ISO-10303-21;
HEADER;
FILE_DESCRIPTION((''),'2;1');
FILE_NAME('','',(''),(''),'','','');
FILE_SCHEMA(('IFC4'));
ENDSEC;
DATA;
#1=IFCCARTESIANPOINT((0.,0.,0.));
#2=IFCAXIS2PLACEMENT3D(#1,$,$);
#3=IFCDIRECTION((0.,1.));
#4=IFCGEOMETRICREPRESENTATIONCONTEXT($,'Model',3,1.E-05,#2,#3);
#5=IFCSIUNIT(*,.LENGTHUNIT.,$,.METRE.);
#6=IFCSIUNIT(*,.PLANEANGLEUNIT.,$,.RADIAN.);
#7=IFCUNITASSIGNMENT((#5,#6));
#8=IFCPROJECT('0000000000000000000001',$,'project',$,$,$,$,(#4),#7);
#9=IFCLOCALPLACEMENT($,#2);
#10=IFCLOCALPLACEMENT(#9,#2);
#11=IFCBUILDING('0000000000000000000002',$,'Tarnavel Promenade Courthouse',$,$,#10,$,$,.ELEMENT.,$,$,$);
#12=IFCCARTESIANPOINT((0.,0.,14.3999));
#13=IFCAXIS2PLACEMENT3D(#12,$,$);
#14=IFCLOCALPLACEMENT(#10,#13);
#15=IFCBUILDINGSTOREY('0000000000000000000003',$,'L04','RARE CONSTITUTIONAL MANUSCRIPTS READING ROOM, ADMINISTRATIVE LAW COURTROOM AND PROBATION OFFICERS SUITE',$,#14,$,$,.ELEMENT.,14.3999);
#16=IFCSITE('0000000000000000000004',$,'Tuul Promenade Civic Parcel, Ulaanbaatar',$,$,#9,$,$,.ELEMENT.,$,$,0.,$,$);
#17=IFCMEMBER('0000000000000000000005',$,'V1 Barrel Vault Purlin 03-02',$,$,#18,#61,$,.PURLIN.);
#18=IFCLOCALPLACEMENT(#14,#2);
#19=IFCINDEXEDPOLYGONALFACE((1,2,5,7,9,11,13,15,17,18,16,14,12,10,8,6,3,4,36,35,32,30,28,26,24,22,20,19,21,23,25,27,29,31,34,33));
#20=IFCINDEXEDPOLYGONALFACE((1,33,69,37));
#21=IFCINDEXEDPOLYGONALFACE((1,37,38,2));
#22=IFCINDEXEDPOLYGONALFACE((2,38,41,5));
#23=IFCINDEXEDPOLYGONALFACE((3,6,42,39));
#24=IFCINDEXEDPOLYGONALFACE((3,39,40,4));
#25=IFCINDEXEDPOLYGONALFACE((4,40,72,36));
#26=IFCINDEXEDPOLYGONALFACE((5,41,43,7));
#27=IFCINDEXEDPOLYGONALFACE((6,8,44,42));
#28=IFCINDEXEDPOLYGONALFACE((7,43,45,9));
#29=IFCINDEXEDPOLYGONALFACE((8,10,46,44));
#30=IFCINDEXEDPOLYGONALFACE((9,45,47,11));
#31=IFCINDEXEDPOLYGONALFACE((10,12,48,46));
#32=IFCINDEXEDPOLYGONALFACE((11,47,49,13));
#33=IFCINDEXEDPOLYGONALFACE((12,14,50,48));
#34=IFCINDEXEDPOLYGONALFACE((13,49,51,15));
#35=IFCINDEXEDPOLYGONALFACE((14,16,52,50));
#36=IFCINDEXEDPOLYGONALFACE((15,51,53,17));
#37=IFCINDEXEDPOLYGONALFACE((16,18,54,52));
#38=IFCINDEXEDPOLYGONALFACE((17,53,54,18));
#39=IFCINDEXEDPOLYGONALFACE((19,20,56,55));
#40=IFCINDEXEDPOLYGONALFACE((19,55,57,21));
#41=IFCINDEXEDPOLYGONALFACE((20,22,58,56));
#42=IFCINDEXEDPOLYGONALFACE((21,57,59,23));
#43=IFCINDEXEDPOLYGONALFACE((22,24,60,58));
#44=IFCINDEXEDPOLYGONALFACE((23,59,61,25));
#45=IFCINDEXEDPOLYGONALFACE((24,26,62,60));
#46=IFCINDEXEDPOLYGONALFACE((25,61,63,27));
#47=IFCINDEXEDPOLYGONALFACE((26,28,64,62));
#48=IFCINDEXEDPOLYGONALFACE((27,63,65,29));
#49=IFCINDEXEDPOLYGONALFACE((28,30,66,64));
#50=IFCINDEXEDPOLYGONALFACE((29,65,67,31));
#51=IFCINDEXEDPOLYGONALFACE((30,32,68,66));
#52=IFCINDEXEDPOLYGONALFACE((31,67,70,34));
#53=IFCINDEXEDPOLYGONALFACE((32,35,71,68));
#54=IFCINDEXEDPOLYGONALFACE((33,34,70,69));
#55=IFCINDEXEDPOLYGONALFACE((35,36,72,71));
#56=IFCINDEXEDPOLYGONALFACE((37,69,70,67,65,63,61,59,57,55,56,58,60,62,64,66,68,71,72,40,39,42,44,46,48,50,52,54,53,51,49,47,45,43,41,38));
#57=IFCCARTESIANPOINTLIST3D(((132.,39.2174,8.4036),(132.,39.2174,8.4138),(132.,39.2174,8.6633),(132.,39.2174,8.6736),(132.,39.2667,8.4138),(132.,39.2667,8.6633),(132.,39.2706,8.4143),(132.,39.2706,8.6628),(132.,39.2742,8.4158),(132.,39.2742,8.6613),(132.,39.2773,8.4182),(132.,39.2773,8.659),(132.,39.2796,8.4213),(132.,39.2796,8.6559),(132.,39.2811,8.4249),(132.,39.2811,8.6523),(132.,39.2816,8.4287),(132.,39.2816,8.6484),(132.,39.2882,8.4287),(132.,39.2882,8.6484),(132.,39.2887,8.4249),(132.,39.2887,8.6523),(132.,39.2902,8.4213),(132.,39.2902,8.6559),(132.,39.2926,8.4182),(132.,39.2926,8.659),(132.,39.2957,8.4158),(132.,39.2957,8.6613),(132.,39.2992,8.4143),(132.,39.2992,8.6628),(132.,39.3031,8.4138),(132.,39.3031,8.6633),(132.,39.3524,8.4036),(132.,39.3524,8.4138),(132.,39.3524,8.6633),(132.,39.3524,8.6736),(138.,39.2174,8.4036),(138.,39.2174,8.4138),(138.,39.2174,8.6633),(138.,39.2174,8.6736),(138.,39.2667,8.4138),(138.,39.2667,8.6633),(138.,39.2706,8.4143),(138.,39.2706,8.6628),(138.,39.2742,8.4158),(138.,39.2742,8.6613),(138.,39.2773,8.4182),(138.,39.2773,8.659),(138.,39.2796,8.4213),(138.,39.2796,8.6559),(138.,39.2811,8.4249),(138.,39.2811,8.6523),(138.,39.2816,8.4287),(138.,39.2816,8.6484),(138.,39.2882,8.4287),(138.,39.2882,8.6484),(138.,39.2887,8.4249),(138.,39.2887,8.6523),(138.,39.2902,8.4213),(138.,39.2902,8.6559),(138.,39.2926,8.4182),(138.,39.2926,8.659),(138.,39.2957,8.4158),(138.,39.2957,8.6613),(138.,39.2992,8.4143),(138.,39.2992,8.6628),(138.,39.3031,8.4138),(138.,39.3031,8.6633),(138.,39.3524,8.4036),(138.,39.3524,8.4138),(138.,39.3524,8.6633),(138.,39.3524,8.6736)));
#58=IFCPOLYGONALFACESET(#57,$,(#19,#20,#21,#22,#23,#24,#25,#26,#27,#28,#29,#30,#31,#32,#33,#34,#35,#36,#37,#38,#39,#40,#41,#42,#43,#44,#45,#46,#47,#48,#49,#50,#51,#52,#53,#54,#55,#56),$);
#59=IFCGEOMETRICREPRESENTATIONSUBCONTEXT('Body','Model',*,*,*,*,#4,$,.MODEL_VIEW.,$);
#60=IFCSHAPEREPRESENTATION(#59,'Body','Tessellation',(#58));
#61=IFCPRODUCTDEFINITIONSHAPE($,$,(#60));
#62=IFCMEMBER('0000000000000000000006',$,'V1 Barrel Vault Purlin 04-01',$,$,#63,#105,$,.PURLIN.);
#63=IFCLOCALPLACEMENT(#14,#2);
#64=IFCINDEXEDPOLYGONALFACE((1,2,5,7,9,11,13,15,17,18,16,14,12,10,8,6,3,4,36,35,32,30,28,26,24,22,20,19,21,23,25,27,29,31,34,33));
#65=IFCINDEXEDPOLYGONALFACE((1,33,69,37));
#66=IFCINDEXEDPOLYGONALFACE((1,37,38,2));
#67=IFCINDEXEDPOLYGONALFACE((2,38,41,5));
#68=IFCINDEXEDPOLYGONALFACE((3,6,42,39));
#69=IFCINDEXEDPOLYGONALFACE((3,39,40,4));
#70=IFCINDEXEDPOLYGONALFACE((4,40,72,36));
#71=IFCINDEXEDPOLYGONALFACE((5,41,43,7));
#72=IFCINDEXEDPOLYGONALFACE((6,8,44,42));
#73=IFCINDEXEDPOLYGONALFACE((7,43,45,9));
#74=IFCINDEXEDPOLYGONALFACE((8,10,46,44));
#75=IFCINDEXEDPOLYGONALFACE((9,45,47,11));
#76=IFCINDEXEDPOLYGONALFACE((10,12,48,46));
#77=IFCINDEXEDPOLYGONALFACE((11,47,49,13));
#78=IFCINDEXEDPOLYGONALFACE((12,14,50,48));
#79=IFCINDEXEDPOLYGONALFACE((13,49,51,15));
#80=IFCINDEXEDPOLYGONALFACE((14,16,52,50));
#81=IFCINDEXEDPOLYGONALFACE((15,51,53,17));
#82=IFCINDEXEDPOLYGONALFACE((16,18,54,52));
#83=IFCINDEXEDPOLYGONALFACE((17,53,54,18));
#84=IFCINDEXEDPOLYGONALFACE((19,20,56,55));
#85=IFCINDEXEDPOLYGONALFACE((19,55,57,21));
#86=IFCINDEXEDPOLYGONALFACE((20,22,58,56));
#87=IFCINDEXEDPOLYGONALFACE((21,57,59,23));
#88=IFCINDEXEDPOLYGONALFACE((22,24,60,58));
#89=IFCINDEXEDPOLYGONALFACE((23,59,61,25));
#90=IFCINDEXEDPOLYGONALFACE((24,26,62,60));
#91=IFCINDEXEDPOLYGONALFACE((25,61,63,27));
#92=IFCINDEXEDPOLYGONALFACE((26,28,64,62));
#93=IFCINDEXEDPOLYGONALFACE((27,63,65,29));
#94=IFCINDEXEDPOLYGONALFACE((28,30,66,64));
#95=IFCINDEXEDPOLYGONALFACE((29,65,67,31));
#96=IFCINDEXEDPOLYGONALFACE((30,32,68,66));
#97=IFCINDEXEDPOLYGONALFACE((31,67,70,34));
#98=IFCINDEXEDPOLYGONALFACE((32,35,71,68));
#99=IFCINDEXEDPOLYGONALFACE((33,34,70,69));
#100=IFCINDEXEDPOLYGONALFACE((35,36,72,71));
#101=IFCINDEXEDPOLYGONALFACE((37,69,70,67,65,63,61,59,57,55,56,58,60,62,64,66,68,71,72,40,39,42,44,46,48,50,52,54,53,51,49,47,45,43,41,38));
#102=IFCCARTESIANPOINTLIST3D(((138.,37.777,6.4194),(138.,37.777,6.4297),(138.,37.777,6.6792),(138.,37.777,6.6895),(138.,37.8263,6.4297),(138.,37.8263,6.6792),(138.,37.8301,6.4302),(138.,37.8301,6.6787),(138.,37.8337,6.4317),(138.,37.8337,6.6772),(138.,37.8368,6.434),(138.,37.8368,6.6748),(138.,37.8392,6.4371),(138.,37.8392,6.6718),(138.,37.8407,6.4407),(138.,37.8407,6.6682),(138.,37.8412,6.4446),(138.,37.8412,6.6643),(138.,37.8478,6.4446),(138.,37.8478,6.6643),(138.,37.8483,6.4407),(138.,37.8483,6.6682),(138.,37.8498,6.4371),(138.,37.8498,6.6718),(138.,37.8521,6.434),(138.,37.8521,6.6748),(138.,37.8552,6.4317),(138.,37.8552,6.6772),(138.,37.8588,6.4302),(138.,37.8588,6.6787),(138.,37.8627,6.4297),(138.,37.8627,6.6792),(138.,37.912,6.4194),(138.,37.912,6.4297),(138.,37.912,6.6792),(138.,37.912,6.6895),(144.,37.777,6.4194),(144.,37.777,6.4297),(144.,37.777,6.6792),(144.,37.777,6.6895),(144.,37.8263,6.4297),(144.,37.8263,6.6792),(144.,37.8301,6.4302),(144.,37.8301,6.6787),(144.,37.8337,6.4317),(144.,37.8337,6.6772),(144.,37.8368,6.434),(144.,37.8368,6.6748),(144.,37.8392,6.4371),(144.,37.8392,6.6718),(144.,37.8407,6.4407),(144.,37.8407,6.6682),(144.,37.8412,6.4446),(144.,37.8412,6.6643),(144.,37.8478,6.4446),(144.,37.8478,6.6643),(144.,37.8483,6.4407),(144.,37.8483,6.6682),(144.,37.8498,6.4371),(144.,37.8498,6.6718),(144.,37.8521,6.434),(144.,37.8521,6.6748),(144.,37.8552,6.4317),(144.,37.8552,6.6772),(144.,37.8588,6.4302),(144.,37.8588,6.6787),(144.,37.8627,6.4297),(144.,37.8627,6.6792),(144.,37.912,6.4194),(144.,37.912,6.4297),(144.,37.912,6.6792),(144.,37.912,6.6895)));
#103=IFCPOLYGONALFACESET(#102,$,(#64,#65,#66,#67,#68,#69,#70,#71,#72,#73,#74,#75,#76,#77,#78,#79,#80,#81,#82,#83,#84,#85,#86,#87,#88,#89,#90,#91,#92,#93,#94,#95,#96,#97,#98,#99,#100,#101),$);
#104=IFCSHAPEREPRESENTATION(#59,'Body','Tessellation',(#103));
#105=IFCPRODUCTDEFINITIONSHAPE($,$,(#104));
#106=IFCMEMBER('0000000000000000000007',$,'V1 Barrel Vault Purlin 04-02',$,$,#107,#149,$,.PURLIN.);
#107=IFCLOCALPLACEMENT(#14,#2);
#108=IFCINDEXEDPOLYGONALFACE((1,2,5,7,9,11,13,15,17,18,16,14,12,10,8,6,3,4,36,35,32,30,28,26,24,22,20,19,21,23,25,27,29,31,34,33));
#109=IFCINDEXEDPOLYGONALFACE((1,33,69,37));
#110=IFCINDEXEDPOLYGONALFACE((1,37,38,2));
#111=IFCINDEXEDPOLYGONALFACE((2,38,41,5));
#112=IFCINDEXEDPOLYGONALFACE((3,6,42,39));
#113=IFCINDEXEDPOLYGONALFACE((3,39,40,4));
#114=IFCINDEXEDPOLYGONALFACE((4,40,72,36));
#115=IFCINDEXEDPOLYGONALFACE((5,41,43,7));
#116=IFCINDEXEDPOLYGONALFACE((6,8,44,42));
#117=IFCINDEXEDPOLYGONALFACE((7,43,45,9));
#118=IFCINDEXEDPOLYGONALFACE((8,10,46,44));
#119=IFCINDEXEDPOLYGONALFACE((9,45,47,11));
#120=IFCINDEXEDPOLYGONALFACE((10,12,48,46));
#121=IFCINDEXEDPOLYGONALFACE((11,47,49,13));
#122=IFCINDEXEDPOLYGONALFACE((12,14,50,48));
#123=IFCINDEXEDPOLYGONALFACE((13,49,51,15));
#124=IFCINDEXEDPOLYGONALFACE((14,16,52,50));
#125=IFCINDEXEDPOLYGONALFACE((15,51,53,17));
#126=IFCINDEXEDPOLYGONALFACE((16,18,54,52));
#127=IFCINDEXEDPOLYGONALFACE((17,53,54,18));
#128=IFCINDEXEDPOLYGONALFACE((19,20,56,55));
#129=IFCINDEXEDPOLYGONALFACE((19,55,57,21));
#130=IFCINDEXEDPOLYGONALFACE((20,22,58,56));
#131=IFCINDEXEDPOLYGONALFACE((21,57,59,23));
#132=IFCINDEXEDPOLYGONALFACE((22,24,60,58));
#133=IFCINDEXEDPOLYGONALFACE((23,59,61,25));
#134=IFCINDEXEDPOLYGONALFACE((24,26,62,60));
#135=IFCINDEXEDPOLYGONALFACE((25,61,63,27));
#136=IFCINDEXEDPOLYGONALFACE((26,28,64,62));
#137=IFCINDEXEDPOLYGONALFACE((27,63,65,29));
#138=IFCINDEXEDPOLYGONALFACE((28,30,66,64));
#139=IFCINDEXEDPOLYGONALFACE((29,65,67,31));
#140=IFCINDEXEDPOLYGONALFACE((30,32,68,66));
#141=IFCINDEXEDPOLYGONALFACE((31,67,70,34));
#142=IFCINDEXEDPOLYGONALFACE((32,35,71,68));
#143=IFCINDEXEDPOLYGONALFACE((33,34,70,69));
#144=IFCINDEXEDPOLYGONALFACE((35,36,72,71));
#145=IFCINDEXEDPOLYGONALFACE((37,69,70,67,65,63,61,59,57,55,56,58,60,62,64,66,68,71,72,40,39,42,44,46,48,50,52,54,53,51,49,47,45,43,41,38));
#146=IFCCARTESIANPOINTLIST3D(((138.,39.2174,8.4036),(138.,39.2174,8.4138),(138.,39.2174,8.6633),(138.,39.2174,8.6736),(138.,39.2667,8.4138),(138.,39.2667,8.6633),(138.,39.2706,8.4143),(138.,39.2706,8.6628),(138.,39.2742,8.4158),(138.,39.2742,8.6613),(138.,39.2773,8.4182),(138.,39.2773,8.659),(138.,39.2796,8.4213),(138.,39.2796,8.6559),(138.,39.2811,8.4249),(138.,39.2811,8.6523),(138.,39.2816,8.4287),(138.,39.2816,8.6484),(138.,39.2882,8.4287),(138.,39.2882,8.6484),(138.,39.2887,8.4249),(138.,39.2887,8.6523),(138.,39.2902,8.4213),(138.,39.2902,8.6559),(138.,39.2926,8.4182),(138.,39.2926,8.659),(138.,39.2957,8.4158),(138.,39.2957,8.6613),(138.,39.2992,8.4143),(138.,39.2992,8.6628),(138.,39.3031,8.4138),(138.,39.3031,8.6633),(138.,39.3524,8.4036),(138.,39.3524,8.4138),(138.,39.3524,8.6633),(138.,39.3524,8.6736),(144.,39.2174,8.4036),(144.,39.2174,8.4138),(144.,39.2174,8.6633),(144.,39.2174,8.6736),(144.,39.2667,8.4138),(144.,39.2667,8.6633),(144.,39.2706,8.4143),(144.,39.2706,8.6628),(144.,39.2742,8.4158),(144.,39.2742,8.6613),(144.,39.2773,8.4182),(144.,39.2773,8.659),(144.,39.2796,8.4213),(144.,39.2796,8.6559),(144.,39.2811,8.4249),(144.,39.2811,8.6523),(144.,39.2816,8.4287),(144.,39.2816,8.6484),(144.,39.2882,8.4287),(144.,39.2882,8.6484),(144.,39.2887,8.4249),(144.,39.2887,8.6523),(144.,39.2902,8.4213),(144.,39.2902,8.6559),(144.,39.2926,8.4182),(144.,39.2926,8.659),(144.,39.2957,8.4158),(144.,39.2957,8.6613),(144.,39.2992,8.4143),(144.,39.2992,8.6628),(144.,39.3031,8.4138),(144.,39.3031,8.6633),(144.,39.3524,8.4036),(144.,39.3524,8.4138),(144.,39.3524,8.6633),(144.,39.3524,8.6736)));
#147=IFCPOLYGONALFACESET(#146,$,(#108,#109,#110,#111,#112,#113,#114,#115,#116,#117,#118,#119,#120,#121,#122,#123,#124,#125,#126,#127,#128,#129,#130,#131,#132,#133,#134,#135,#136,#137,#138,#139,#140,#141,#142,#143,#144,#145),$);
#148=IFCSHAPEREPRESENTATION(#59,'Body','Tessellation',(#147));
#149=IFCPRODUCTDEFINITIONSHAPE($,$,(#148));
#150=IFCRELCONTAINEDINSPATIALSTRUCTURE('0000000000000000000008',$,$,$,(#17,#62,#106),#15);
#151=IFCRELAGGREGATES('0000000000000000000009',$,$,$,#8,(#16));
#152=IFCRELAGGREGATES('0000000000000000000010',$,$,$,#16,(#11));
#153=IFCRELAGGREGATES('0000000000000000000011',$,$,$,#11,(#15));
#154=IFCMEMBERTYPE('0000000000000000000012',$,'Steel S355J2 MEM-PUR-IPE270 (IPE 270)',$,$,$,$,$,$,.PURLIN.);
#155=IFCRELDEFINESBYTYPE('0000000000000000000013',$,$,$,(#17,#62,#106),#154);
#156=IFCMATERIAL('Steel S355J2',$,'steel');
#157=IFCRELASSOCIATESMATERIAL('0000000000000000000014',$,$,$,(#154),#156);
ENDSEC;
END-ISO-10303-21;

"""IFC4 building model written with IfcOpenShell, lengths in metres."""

from ifc_helpers import new_model, si_unit, direction, frame, origin, origin_2d, place, context, subcontext, project, spatial, i_section, extrude, material, material_profile, profile_set, type_object, element, save


model = new_model("IFC4")

# Units and contexts
model_context = context("Model", 3, precision=1e-05, world=origin(), true_north=direction((0.0, 1.0)))
body_context = subcontext(model_context, "Body", "Model", "MODEL_VIEW")
ifc_project = project(units=[si_unit("LENGTHUNIT", "METRE"), si_unit("PLANEANGLEUNIT", "RADIAN")], contexts=[model_context])

# Site, building, storey
site_placement = place(None, origin())
site = spatial("IfcSite", under=ifc_project, at=site_placement, Name="Tuul Promenade Civic Parcel, Ulaanbaatar", CompositionType="ELEMENT", RefElevation=0.0)
building_placement = place(site_placement, origin())
building = spatial("IfcBuilding", under=site, at=building_placement, Name="Tarnavel Promenade Courthouse", CompositionType="ELEMENT")
storey_placement = place(building_placement, frame((0.0, 0.0, 14.3999)))
storey = spatial("IfcBuildingStorey", under=building, at=storey_placement, Name="L04", Description="RARE CONSTITUTIONAL MANUSCRIPTS READING ROOM, ADMINISTRATIVE LAW COURTROOM AND PROBATION OFFICERS SUITE", CompositionType="ELEMENT", Elevation=14.3999)

# Shared definitions
ifc_material_1 = material(Name="Steel S355J2", Category="steel")

# Members
ifc_material_profile_1 = material_profile(ifc_material_1, i_section(OverallWidth=0.135, OverallDepth=0.27, WebThickness=0.0066, FlangeThickness=0.0103, FilletRadius=0.0149, at=origin_2d()), Name="IPE 270")
ifc_profile_set_1 = profile_set([ifc_material_profile_1], Name="Steel S355J2")
member_type_1 = type_object("IfcMemberType", Name="Steel S355J2 MEM-PUR-IPE270 (IPE 270)", PredefinedType="PURLIN", material=ifc_profile_set_1)
for number, where, z_axis, x_axis, name in (
    (1, (132.0, 39.2849, 8.5386), (1.0, 0.0, 0.0), (0.0, 1.0, 0.0), "V1 Barrel Vault Purlin 03-02"),
    (2, (138.0, 37.8445, 6.5544), (1.0, 0.0, 0.0), (0.0, 1.0, 0.0), "V1 Barrel Vault Purlin 04-01"),
    (3, (138.0, 39.2849, 8.5386), (1.0, 0.0, 0.0), (0.0, 1.0, 0.0), "V1 Barrel Vault Purlin 04-02"),
):
    element("IfcMember", number, at=place(storey_placement, frame(where, z_axis=z_axis, x_axis=x_axis)), inside=storey, type_object=member_type_1, Name=name, PredefinedType="PURLIN", context=body_context, shape_type="SweptSolid", body=[
        extrude(i_section(OverallWidth=0.135, OverallDepth=0.27, WebThickness=0.0066, FlangeThickness=0.0103, FilletRadius=0.0149, at=origin_2d()), origin(), (0.0, 0.0, 1.0), 6.0),
    ])

save(model, "model.ifc")
